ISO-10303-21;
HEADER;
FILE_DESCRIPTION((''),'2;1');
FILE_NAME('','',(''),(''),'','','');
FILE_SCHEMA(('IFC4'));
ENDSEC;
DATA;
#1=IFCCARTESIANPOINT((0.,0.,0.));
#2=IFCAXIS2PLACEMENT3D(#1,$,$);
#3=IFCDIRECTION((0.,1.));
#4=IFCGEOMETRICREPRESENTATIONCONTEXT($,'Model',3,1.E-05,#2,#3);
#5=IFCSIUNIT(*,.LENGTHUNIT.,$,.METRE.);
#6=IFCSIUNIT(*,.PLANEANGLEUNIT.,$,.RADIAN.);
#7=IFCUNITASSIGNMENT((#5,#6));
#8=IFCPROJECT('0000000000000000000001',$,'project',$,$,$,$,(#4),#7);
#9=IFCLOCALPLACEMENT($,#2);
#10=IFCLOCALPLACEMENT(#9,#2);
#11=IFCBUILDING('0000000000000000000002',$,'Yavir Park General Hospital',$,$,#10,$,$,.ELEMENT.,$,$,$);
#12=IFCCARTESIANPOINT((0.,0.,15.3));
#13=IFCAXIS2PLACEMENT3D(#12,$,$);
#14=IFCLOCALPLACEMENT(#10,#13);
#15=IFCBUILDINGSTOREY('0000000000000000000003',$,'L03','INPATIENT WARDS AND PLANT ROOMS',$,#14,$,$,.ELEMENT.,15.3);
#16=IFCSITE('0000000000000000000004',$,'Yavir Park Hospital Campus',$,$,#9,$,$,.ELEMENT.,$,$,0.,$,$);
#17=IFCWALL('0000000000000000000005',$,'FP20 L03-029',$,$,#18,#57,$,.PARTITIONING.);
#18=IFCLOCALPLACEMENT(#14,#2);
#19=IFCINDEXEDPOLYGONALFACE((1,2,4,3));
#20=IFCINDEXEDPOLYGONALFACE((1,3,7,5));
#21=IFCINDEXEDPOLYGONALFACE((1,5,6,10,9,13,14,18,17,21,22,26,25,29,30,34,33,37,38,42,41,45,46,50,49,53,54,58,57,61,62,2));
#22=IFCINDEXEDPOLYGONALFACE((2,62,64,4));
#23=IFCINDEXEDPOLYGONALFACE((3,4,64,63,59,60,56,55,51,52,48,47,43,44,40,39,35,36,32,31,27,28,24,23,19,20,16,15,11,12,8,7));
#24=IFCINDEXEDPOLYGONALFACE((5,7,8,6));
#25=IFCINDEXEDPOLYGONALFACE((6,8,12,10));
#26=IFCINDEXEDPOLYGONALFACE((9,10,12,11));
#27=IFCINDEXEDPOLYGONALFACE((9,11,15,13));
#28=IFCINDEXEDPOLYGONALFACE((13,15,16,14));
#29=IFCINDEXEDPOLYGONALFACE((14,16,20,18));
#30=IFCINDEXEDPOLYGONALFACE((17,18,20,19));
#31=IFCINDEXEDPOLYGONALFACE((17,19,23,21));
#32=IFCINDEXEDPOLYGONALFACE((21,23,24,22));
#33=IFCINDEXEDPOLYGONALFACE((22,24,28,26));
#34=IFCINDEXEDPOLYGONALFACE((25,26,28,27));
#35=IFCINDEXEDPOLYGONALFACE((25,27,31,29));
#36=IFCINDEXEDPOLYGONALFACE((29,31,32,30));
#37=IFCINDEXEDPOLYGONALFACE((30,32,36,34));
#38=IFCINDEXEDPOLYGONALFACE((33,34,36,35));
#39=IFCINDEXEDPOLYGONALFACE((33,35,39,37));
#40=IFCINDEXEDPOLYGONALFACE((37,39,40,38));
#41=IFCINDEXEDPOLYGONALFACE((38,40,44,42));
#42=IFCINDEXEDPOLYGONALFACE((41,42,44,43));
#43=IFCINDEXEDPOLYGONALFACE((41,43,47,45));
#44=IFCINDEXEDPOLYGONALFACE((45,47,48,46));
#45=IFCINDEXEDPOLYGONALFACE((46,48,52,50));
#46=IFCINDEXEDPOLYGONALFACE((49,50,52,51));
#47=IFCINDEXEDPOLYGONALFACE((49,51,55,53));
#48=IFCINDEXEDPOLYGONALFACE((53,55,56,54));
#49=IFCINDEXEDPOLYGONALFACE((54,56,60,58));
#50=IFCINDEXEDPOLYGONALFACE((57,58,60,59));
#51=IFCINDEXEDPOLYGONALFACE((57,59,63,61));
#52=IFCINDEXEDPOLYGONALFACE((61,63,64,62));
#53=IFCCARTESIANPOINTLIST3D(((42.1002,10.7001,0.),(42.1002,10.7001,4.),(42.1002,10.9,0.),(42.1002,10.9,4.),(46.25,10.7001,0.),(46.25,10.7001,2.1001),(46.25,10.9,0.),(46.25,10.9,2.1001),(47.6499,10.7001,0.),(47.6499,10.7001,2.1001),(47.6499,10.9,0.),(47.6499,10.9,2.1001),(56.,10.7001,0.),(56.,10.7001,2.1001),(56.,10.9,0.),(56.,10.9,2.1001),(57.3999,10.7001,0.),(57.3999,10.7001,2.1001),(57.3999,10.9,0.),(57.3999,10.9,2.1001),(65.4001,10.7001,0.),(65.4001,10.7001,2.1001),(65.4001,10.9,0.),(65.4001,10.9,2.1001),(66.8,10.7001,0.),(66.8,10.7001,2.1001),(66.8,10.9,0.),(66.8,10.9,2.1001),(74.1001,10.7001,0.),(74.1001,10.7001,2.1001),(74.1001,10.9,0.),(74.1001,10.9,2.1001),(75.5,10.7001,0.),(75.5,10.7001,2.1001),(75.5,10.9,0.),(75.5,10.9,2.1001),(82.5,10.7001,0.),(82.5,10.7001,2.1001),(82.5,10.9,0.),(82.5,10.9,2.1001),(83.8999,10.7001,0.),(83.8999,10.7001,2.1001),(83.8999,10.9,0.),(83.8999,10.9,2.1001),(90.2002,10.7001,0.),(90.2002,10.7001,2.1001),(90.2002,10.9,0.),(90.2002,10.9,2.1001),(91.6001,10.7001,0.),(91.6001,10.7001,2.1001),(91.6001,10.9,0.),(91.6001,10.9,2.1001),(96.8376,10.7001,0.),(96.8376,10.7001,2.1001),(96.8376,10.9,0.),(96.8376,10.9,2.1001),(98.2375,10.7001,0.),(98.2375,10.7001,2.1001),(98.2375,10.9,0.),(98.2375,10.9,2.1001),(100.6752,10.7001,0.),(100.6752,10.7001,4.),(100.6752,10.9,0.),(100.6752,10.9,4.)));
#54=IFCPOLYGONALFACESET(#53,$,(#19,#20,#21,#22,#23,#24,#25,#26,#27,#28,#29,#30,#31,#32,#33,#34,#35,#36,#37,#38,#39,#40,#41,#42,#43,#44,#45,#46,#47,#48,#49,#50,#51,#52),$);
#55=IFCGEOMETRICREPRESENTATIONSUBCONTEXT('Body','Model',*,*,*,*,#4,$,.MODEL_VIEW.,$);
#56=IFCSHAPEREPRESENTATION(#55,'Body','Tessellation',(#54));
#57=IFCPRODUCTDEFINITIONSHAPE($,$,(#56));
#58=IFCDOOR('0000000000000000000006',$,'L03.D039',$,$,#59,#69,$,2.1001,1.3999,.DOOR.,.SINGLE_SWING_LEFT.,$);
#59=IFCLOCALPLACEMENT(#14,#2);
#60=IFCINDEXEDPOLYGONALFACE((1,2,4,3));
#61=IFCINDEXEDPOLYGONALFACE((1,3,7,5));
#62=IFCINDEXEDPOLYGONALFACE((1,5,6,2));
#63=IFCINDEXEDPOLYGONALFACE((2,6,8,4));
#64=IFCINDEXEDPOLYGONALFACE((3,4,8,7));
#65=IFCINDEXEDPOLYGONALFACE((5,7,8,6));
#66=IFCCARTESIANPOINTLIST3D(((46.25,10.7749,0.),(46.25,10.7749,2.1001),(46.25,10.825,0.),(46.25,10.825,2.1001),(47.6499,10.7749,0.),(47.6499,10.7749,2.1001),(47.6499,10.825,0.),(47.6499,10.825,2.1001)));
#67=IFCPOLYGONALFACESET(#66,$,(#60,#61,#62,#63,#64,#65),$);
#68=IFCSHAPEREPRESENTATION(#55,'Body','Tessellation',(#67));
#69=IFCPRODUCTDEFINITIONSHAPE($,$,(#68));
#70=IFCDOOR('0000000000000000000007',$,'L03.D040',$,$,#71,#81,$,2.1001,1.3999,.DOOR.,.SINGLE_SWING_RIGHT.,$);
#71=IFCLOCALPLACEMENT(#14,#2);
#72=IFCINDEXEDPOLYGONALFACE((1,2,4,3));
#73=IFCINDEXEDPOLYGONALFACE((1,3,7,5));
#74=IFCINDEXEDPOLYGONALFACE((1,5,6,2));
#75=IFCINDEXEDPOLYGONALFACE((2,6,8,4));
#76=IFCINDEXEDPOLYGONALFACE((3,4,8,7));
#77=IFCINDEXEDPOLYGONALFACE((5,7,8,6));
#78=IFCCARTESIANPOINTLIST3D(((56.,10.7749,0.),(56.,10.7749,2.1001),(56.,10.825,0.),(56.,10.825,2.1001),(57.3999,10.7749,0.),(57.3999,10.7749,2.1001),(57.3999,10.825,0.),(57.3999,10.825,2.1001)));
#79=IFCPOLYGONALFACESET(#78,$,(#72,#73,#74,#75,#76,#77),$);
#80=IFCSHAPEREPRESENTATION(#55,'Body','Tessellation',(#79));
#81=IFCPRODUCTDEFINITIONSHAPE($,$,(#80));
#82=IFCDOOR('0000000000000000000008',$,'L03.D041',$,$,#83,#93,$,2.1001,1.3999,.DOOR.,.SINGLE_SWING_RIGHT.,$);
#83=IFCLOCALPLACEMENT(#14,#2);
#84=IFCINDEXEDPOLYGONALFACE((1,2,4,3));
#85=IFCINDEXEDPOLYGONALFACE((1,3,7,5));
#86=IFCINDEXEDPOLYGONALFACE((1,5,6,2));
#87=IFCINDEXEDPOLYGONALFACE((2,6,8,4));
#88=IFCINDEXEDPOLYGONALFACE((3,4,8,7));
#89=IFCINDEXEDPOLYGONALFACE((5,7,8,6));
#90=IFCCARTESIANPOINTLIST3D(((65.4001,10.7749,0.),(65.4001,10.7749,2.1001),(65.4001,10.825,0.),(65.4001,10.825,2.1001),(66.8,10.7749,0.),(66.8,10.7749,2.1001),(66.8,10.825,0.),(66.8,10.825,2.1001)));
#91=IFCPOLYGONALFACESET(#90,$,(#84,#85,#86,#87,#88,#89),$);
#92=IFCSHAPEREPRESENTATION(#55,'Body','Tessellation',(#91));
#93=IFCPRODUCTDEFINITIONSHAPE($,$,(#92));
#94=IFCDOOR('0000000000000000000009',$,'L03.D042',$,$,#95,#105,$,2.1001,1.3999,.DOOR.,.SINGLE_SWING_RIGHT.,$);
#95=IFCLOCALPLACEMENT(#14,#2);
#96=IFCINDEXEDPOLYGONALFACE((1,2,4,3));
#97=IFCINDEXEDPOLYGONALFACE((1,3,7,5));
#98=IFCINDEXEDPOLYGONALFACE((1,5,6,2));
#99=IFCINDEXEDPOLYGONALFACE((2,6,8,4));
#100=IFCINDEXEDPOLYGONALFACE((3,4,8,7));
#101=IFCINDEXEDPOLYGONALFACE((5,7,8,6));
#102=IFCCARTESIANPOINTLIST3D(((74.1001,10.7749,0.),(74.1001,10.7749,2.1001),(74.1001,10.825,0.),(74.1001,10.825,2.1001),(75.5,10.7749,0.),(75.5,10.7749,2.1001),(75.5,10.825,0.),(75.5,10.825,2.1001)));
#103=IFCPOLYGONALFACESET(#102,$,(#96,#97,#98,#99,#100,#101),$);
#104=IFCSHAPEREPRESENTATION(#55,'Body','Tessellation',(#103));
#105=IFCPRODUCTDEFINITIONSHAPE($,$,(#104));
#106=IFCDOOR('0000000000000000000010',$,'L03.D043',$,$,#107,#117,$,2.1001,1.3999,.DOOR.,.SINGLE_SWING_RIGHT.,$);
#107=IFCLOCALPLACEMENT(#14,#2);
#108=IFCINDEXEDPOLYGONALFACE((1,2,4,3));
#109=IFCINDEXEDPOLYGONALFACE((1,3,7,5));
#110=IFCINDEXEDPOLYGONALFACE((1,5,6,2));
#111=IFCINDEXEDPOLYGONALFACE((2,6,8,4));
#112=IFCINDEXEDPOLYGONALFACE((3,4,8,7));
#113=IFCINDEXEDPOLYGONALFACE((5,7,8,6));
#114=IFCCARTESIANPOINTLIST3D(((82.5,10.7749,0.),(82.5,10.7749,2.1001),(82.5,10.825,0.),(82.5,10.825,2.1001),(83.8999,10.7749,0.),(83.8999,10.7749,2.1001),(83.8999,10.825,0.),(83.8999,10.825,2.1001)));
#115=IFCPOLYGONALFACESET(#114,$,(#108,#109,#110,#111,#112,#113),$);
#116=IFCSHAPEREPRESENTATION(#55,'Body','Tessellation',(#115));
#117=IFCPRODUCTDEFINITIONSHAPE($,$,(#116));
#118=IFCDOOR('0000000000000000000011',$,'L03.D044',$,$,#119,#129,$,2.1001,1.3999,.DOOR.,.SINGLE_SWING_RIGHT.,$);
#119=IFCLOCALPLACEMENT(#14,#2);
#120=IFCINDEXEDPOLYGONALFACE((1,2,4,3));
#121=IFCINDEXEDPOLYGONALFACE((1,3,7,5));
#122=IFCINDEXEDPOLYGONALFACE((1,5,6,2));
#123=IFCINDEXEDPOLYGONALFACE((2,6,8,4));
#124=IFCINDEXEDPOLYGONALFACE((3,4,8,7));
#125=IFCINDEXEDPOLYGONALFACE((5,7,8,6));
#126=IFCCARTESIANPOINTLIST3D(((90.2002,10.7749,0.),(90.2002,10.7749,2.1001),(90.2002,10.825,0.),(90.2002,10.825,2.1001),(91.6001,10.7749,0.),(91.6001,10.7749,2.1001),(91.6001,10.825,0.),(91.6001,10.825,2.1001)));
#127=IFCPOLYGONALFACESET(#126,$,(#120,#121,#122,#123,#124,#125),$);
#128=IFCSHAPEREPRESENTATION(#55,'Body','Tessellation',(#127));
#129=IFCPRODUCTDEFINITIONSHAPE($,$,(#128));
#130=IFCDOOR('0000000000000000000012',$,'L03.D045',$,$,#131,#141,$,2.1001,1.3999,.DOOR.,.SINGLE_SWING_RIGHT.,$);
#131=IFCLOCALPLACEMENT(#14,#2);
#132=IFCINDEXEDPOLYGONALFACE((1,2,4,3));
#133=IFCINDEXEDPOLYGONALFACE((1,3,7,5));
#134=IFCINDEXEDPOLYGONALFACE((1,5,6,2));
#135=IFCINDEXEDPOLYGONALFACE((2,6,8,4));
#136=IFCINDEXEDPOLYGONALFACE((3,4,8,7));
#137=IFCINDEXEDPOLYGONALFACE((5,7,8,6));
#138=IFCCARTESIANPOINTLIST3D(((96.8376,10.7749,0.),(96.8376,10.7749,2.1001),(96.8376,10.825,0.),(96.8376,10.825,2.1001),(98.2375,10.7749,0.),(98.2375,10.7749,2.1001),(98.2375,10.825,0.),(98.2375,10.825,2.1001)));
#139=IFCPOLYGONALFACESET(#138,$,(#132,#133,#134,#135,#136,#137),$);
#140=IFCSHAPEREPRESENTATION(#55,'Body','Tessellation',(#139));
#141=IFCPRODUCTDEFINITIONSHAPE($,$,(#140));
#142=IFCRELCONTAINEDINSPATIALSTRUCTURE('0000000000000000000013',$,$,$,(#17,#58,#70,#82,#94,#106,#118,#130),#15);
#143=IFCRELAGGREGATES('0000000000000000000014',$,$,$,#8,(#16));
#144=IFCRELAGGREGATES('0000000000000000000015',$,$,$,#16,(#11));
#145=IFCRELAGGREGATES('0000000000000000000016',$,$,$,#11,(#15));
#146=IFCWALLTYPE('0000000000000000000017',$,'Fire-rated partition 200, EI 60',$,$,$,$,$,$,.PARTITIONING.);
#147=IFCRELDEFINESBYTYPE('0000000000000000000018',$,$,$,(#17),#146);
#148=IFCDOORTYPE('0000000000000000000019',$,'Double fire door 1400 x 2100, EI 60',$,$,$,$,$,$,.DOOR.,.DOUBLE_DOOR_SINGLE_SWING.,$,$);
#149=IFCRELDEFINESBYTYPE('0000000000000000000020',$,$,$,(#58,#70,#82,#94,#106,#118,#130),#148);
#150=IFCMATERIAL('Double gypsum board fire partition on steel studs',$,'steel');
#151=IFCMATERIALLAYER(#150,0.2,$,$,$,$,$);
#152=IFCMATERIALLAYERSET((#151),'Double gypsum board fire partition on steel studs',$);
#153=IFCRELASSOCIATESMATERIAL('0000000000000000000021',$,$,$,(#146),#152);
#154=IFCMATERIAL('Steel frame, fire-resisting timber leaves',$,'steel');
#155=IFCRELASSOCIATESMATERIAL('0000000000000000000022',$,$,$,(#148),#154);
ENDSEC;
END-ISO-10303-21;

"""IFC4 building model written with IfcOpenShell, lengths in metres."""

from ifc_helpers import new_model, si_unit, direction, frame, frame_2d, origin, place, context, subcontext, project, spatial, rectangle, extrude, material, layer, layer_set, type_object, element, fill, save


model = new_model("IFC4")

# Units and contexts
model_context = context("Model", 3, precision=1e-05, world=origin(), true_north=direction((0.0, 1.0)))
body_context = subcontext(model_context, "Body", "Model", "MODEL_VIEW")
ifc_project = project(units=[si_unit("LENGTHUNIT", "METRE"), si_unit("PLANEANGLEUNIT", "RADIAN")], contexts=[model_context])

# Site, building, storey
site_placement = place(None, origin())
site = spatial("IfcSite", under=ifc_project, at=site_placement, Name="Yavir Park Hospital Campus", CompositionType="ELEMENT", RefElevation=0.0)
building_placement = place(site_placement, origin())
building = spatial("IfcBuilding", under=site, at=building_placement, Name="Yavir Park General Hospital", CompositionType="ELEMENT")
storey_placement = place(building_placement, frame((0.0, 0.0, 15.3)))
storey = spatial("IfcBuildingStorey", under=building, at=storey_placement, Name="L03", Description="INPATIENT WARDS AND PLANT ROOMS", CompositionType="ELEMENT", Elevation=15.3)

# Wall, openings, doors
ifc_material_1 = material(Name="Double gypsum board fire partition on steel studs", Category="steel")
ifc_layer = layer(ifc_material_1, 0.2)
ifc_layer_set = layer_set([ifc_layer], Name="Double gypsum board fire partition on steel studs")
wall_type = type_object("IfcWallType", Name="Fire-rated partition 200, EI 60", PredefinedType="PARTITIONING", material=ifc_layer_set)
wall_placement = place(storey_placement, frame((42.1001, 10.8, 0.0), z_axis=(0.0, 0.0, 1.0), x_axis=(1.0, 0.0, 0.0)))
wall = element("IfcWall", 1, at=wall_placement, inside=storey, type_object=wall_type, Name="FP20 L03-029", PredefinedType="PARTITIONING", context=body_context, shape_type="SweptSolid", body=[
    extrude(rectangle(XDim=58.575, YDim=0.2, at=frame_2d((29.2876, 0.0))), origin(), (0.0, 0.0, 1.0), 4.0),
])
opening_1_placement = place(wall_placement, frame((4.1499, 0.0, 0.0)))
opening_1 = element("IfcOpeningElement", 2, at=opening_1_placement, cuts=wall, PredefinedType="OPENING", context=body_context, shape_type="SweptSolid", body=[
    extrude(rectangle(XDim=1.3999, YDim=2.1001, at=frame_2d((0.7, 1.05))), frame((0.0, 0.1099, 0.0), z_axis=(0.0, -1.0, 0.0), x_axis=(1.0, 0.0, 0.0)), (0.0, 0.0, 1.0), 0.22),
])
opening_2_placement = place(wall_placement, frame((13.8999, 0.0, 0.0)))
opening_2 = element("IfcOpeningElement", 3, at=opening_2_placement, cuts=wall, PredefinedType="OPENING", context=body_context, shape_type="SweptSolid", body=[
    extrude(rectangle(XDim=1.3999, YDim=2.1001, at=frame_2d((0.7, 1.05))), frame((0.0, 0.1099, 0.0), z_axis=(0.0, -1.0, 0.0), x_axis=(1.0, 0.0, 0.0)), (0.0, 0.0, 1.0), 0.22),
])
opening_3_placement = place(wall_placement, frame((23.3, 0.0, 0.0)))
opening_3 = element("IfcOpeningElement", 4, at=opening_3_placement, cuts=wall, PredefinedType="OPENING", context=body_context, shape_type="SweptSolid", body=[
    extrude(rectangle(XDim=1.3999, YDim=2.1001, at=frame_2d((0.7, 1.05))), frame((0.0, 0.1099, 0.0), z_axis=(0.0, -1.0, 0.0), x_axis=(1.0, 0.0, 0.0)), (0.0, 0.0, 1.0), 0.22),
])
opening_4_placement = place(wall_placement, frame((32.0, 0.0, 0.0)))
opening_4 = element("IfcOpeningElement", 5, at=opening_4_placement, cuts=wall, PredefinedType="OPENING", context=body_context, shape_type="SweptSolid", body=[
    extrude(rectangle(XDim=1.3999, YDim=2.1001, at=frame_2d((0.7, 1.05))), frame((0.0, 0.1099, 0.0), z_axis=(0.0, -1.0, 0.0), x_axis=(1.0, 0.0, 0.0)), (0.0, 0.0, 1.0), 0.22),
])
opening_5_placement = place(wall_placement, frame((40.3999, 0.0, 0.0)))
opening_5 = element("IfcOpeningElement", 6, at=opening_5_placement, cuts=wall, PredefinedType="OPENING", context=body_context, shape_type="SweptSolid", body=[
    extrude(rectangle(XDim=1.3999, YDim=2.1001, at=frame_2d((0.7, 1.05))), frame((0.0, 0.1099, 0.0), z_axis=(0.0, -1.0, 0.0), x_axis=(1.0, 0.0, 0.0)), (0.0, 0.0, 1.0), 0.22),
])
opening_6_placement = place(wall_placement, frame((48.1001, 0.0, 0.0)))
opening_6 = element("IfcOpeningElement", 7, at=opening_6_placement, cuts=wall, PredefinedType="OPENING", context=body_context, shape_type="SweptSolid", body=[
    extrude(rectangle(XDim=1.3999, YDim=2.1001, at=frame_2d((0.7, 1.05))), frame((0.0, 0.1099, 0.0), z_axis=(0.0, -1.0, 0.0), x_axis=(1.0, 0.0, 0.0)), (0.0, 0.0, 1.0), 0.22),
])
opening_7_placement = place(wall_placement, frame((54.7375, 0.0, 0.0)))
opening_7 = element("IfcOpeningElement", 8, at=opening_7_placement, cuts=wall, PredefinedType="OPENING", context=body_context, shape_type="SweptSolid", body=[
    extrude(rectangle(XDim=1.3999, YDim=2.1001, at=frame_2d((0.7, 1.05))), frame((0.0, 0.1099, 0.0), z_axis=(0.0, -1.0, 0.0), x_axis=(1.0, 0.0, 0.0)), (0.0, 0.0, 1.0), 0.22),
])
ifc_material_2 = material(Name="Steel frame, fire-resisting timber leaves", Category="steel")
door_type = type_object("IfcDoorType", Name="Double fire door 1400 x 2100, EI 60", OperationType="DOUBLE_DOOR_SINGLE_SWING", PredefinedType="DOOR", material=ifc_material_2)
door_1_placement = place(opening_1_placement, origin())
door_1 = element("IfcDoor", 9, at=door_1_placement, inside=storey, type_object=door_type, Name="L03.D039", OperationType="SINGLE_SWING_LEFT", OverallHeight=2.1001, OverallWidth=1.3999, PredefinedType="DOOR", context=body_context, shape_type="SweptSolid", body=[
    extrude(rectangle(XDim=1.3999, YDim=2.1001, at=frame_2d((0.7, 1.05))), frame((0.0, 0.0249, 0.0), z_axis=(0.0, -1.0, 0.0), x_axis=(1.0, 0.0, 0.0)), (0.0, 0.0, 1.0), 0.05),
])
fill(opening_1, door_1)
door_2_placement = place(opening_2_placement, origin())
door_2 = element("IfcDoor", 10, at=door_2_placement, inside=storey, type_object=door_type, Name="L03.D040", OperationType="SINGLE_SWING_RIGHT", OverallHeight=2.1001, OverallWidth=1.3999, PredefinedType="DOOR", context=body_context, shape_type="SweptSolid", body=[
    extrude(rectangle(XDim=1.3999, YDim=2.1001, at=frame_2d((0.7, 1.05))), frame((0.0, 0.0249, 0.0), z_axis=(0.0, -1.0, 0.0), x_axis=(1.0, 0.0, 0.0)), (0.0, 0.0, 1.0), 0.05),
])
fill(opening_2, door_2)
door_3_placement = place(opening_3_placement, origin())
door_3 = element("IfcDoor", 11, at=door_3_placement, inside=storey, type_object=door_type, Name="L03.D041", OperationType="SINGLE_SWING_RIGHT", OverallHeight=2.1001, OverallWidth=1.3999, PredefinedType="DOOR", context=body_context, shape_type="SweptSolid", body=[
    extrude(rectangle(XDim=1.3999, YDim=2.1001, at=frame_2d((0.7, 1.05))), frame((0.0, 0.0249, 0.0), z_axis=(0.0, -1.0, 0.0), x_axis=(1.0, 0.0, 0.0)), (0.0, 0.0, 1.0), 0.05),
])
fill(opening_3, door_3)
door_4_placement = place(opening_4_placement, origin())
door_4 = element("IfcDoor", 12, at=door_4_placement, inside=storey, type_object=door_type, Name="L03.D042", OperationType="SINGLE_SWING_RIGHT", OverallHeight=2.1001, OverallWidth=1.3999, PredefinedType="DOOR", context=body_context, shape_type="SweptSolid", body=[
    extrude(rectangle(XDim=1.3999, YDim=2.1001, at=frame_2d((0.7, 1.05))), frame((0.0, 0.0249, 0.0), z_axis=(0.0, -1.0, 0.0), x_axis=(1.0, 0.0, 0.0)), (0.0, 0.0, 1.0), 0.05),
])
fill(opening_4, door_4)
door_5_placement = place(opening_5_placement, origin())
door_5 = element("IfcDoor", 13, at=door_5_placement, inside=storey, type_object=door_type, Name="L03.D043", OperationType="SINGLE_SWING_RIGHT", OverallHeight=2.1001, OverallWidth=1.3999, PredefinedType="DOOR", context=body_context, shape_type="SweptSolid", body=[
    extrude(rectangle(XDim=1.3999, YDim=2.1001, at=frame_2d((0.7, 1.05))), frame((0.0, 0.0249, 0.0), z_axis=(0.0, -1.0, 0.0), x_axis=(1.0, 0.0, 0.0)), (0.0, 0.0, 1.0), 0.05),
])
fill(opening_5, door_5)
door_6_placement = place(opening_6_placement, origin())
door_6 = element("IfcDoor", 14, at=door_6_placement, inside=storey, type_object=door_type, Name="L03.D044", OperationType="SINGLE_SWING_RIGHT", OverallHeight=2.1001, OverallWidth=1.3999, PredefinedType="DOOR", context=body_context, shape_type="SweptSolid", body=[
    extrude(rectangle(XDim=1.3999, YDim=2.1001, at=frame_2d((0.7, 1.05))), frame((0.0, 0.0249, 0.0), z_axis=(0.0, -1.0, 0.0), x_axis=(1.0, 0.0, 0.0)), (0.0, 0.0, 1.0), 0.05),
])
fill(opening_6, door_6)
door_7_placement = place(opening_7_placement, origin())
door_7 = element("IfcDoor", 15, at=door_7_placement, inside=storey, type_object=door_type, Name="L03.D045", OperationType="SINGLE_SWING_RIGHT", OverallHeight=2.1001, OverallWidth=1.3999, PredefinedType="DOOR", context=body_context, shape_type="SweptSolid", body=[
    extrude(rectangle(XDim=1.3999, YDim=2.1001, at=frame_2d((0.7, 1.05))), frame((0.0, 0.0249, 0.0), z_axis=(0.0, -1.0, 0.0), x_axis=(1.0, 0.0, 0.0)), (0.0, 0.0, 1.0), 0.05),
])
fill(opening_7, door_7)

save(model, "model.ifc")
